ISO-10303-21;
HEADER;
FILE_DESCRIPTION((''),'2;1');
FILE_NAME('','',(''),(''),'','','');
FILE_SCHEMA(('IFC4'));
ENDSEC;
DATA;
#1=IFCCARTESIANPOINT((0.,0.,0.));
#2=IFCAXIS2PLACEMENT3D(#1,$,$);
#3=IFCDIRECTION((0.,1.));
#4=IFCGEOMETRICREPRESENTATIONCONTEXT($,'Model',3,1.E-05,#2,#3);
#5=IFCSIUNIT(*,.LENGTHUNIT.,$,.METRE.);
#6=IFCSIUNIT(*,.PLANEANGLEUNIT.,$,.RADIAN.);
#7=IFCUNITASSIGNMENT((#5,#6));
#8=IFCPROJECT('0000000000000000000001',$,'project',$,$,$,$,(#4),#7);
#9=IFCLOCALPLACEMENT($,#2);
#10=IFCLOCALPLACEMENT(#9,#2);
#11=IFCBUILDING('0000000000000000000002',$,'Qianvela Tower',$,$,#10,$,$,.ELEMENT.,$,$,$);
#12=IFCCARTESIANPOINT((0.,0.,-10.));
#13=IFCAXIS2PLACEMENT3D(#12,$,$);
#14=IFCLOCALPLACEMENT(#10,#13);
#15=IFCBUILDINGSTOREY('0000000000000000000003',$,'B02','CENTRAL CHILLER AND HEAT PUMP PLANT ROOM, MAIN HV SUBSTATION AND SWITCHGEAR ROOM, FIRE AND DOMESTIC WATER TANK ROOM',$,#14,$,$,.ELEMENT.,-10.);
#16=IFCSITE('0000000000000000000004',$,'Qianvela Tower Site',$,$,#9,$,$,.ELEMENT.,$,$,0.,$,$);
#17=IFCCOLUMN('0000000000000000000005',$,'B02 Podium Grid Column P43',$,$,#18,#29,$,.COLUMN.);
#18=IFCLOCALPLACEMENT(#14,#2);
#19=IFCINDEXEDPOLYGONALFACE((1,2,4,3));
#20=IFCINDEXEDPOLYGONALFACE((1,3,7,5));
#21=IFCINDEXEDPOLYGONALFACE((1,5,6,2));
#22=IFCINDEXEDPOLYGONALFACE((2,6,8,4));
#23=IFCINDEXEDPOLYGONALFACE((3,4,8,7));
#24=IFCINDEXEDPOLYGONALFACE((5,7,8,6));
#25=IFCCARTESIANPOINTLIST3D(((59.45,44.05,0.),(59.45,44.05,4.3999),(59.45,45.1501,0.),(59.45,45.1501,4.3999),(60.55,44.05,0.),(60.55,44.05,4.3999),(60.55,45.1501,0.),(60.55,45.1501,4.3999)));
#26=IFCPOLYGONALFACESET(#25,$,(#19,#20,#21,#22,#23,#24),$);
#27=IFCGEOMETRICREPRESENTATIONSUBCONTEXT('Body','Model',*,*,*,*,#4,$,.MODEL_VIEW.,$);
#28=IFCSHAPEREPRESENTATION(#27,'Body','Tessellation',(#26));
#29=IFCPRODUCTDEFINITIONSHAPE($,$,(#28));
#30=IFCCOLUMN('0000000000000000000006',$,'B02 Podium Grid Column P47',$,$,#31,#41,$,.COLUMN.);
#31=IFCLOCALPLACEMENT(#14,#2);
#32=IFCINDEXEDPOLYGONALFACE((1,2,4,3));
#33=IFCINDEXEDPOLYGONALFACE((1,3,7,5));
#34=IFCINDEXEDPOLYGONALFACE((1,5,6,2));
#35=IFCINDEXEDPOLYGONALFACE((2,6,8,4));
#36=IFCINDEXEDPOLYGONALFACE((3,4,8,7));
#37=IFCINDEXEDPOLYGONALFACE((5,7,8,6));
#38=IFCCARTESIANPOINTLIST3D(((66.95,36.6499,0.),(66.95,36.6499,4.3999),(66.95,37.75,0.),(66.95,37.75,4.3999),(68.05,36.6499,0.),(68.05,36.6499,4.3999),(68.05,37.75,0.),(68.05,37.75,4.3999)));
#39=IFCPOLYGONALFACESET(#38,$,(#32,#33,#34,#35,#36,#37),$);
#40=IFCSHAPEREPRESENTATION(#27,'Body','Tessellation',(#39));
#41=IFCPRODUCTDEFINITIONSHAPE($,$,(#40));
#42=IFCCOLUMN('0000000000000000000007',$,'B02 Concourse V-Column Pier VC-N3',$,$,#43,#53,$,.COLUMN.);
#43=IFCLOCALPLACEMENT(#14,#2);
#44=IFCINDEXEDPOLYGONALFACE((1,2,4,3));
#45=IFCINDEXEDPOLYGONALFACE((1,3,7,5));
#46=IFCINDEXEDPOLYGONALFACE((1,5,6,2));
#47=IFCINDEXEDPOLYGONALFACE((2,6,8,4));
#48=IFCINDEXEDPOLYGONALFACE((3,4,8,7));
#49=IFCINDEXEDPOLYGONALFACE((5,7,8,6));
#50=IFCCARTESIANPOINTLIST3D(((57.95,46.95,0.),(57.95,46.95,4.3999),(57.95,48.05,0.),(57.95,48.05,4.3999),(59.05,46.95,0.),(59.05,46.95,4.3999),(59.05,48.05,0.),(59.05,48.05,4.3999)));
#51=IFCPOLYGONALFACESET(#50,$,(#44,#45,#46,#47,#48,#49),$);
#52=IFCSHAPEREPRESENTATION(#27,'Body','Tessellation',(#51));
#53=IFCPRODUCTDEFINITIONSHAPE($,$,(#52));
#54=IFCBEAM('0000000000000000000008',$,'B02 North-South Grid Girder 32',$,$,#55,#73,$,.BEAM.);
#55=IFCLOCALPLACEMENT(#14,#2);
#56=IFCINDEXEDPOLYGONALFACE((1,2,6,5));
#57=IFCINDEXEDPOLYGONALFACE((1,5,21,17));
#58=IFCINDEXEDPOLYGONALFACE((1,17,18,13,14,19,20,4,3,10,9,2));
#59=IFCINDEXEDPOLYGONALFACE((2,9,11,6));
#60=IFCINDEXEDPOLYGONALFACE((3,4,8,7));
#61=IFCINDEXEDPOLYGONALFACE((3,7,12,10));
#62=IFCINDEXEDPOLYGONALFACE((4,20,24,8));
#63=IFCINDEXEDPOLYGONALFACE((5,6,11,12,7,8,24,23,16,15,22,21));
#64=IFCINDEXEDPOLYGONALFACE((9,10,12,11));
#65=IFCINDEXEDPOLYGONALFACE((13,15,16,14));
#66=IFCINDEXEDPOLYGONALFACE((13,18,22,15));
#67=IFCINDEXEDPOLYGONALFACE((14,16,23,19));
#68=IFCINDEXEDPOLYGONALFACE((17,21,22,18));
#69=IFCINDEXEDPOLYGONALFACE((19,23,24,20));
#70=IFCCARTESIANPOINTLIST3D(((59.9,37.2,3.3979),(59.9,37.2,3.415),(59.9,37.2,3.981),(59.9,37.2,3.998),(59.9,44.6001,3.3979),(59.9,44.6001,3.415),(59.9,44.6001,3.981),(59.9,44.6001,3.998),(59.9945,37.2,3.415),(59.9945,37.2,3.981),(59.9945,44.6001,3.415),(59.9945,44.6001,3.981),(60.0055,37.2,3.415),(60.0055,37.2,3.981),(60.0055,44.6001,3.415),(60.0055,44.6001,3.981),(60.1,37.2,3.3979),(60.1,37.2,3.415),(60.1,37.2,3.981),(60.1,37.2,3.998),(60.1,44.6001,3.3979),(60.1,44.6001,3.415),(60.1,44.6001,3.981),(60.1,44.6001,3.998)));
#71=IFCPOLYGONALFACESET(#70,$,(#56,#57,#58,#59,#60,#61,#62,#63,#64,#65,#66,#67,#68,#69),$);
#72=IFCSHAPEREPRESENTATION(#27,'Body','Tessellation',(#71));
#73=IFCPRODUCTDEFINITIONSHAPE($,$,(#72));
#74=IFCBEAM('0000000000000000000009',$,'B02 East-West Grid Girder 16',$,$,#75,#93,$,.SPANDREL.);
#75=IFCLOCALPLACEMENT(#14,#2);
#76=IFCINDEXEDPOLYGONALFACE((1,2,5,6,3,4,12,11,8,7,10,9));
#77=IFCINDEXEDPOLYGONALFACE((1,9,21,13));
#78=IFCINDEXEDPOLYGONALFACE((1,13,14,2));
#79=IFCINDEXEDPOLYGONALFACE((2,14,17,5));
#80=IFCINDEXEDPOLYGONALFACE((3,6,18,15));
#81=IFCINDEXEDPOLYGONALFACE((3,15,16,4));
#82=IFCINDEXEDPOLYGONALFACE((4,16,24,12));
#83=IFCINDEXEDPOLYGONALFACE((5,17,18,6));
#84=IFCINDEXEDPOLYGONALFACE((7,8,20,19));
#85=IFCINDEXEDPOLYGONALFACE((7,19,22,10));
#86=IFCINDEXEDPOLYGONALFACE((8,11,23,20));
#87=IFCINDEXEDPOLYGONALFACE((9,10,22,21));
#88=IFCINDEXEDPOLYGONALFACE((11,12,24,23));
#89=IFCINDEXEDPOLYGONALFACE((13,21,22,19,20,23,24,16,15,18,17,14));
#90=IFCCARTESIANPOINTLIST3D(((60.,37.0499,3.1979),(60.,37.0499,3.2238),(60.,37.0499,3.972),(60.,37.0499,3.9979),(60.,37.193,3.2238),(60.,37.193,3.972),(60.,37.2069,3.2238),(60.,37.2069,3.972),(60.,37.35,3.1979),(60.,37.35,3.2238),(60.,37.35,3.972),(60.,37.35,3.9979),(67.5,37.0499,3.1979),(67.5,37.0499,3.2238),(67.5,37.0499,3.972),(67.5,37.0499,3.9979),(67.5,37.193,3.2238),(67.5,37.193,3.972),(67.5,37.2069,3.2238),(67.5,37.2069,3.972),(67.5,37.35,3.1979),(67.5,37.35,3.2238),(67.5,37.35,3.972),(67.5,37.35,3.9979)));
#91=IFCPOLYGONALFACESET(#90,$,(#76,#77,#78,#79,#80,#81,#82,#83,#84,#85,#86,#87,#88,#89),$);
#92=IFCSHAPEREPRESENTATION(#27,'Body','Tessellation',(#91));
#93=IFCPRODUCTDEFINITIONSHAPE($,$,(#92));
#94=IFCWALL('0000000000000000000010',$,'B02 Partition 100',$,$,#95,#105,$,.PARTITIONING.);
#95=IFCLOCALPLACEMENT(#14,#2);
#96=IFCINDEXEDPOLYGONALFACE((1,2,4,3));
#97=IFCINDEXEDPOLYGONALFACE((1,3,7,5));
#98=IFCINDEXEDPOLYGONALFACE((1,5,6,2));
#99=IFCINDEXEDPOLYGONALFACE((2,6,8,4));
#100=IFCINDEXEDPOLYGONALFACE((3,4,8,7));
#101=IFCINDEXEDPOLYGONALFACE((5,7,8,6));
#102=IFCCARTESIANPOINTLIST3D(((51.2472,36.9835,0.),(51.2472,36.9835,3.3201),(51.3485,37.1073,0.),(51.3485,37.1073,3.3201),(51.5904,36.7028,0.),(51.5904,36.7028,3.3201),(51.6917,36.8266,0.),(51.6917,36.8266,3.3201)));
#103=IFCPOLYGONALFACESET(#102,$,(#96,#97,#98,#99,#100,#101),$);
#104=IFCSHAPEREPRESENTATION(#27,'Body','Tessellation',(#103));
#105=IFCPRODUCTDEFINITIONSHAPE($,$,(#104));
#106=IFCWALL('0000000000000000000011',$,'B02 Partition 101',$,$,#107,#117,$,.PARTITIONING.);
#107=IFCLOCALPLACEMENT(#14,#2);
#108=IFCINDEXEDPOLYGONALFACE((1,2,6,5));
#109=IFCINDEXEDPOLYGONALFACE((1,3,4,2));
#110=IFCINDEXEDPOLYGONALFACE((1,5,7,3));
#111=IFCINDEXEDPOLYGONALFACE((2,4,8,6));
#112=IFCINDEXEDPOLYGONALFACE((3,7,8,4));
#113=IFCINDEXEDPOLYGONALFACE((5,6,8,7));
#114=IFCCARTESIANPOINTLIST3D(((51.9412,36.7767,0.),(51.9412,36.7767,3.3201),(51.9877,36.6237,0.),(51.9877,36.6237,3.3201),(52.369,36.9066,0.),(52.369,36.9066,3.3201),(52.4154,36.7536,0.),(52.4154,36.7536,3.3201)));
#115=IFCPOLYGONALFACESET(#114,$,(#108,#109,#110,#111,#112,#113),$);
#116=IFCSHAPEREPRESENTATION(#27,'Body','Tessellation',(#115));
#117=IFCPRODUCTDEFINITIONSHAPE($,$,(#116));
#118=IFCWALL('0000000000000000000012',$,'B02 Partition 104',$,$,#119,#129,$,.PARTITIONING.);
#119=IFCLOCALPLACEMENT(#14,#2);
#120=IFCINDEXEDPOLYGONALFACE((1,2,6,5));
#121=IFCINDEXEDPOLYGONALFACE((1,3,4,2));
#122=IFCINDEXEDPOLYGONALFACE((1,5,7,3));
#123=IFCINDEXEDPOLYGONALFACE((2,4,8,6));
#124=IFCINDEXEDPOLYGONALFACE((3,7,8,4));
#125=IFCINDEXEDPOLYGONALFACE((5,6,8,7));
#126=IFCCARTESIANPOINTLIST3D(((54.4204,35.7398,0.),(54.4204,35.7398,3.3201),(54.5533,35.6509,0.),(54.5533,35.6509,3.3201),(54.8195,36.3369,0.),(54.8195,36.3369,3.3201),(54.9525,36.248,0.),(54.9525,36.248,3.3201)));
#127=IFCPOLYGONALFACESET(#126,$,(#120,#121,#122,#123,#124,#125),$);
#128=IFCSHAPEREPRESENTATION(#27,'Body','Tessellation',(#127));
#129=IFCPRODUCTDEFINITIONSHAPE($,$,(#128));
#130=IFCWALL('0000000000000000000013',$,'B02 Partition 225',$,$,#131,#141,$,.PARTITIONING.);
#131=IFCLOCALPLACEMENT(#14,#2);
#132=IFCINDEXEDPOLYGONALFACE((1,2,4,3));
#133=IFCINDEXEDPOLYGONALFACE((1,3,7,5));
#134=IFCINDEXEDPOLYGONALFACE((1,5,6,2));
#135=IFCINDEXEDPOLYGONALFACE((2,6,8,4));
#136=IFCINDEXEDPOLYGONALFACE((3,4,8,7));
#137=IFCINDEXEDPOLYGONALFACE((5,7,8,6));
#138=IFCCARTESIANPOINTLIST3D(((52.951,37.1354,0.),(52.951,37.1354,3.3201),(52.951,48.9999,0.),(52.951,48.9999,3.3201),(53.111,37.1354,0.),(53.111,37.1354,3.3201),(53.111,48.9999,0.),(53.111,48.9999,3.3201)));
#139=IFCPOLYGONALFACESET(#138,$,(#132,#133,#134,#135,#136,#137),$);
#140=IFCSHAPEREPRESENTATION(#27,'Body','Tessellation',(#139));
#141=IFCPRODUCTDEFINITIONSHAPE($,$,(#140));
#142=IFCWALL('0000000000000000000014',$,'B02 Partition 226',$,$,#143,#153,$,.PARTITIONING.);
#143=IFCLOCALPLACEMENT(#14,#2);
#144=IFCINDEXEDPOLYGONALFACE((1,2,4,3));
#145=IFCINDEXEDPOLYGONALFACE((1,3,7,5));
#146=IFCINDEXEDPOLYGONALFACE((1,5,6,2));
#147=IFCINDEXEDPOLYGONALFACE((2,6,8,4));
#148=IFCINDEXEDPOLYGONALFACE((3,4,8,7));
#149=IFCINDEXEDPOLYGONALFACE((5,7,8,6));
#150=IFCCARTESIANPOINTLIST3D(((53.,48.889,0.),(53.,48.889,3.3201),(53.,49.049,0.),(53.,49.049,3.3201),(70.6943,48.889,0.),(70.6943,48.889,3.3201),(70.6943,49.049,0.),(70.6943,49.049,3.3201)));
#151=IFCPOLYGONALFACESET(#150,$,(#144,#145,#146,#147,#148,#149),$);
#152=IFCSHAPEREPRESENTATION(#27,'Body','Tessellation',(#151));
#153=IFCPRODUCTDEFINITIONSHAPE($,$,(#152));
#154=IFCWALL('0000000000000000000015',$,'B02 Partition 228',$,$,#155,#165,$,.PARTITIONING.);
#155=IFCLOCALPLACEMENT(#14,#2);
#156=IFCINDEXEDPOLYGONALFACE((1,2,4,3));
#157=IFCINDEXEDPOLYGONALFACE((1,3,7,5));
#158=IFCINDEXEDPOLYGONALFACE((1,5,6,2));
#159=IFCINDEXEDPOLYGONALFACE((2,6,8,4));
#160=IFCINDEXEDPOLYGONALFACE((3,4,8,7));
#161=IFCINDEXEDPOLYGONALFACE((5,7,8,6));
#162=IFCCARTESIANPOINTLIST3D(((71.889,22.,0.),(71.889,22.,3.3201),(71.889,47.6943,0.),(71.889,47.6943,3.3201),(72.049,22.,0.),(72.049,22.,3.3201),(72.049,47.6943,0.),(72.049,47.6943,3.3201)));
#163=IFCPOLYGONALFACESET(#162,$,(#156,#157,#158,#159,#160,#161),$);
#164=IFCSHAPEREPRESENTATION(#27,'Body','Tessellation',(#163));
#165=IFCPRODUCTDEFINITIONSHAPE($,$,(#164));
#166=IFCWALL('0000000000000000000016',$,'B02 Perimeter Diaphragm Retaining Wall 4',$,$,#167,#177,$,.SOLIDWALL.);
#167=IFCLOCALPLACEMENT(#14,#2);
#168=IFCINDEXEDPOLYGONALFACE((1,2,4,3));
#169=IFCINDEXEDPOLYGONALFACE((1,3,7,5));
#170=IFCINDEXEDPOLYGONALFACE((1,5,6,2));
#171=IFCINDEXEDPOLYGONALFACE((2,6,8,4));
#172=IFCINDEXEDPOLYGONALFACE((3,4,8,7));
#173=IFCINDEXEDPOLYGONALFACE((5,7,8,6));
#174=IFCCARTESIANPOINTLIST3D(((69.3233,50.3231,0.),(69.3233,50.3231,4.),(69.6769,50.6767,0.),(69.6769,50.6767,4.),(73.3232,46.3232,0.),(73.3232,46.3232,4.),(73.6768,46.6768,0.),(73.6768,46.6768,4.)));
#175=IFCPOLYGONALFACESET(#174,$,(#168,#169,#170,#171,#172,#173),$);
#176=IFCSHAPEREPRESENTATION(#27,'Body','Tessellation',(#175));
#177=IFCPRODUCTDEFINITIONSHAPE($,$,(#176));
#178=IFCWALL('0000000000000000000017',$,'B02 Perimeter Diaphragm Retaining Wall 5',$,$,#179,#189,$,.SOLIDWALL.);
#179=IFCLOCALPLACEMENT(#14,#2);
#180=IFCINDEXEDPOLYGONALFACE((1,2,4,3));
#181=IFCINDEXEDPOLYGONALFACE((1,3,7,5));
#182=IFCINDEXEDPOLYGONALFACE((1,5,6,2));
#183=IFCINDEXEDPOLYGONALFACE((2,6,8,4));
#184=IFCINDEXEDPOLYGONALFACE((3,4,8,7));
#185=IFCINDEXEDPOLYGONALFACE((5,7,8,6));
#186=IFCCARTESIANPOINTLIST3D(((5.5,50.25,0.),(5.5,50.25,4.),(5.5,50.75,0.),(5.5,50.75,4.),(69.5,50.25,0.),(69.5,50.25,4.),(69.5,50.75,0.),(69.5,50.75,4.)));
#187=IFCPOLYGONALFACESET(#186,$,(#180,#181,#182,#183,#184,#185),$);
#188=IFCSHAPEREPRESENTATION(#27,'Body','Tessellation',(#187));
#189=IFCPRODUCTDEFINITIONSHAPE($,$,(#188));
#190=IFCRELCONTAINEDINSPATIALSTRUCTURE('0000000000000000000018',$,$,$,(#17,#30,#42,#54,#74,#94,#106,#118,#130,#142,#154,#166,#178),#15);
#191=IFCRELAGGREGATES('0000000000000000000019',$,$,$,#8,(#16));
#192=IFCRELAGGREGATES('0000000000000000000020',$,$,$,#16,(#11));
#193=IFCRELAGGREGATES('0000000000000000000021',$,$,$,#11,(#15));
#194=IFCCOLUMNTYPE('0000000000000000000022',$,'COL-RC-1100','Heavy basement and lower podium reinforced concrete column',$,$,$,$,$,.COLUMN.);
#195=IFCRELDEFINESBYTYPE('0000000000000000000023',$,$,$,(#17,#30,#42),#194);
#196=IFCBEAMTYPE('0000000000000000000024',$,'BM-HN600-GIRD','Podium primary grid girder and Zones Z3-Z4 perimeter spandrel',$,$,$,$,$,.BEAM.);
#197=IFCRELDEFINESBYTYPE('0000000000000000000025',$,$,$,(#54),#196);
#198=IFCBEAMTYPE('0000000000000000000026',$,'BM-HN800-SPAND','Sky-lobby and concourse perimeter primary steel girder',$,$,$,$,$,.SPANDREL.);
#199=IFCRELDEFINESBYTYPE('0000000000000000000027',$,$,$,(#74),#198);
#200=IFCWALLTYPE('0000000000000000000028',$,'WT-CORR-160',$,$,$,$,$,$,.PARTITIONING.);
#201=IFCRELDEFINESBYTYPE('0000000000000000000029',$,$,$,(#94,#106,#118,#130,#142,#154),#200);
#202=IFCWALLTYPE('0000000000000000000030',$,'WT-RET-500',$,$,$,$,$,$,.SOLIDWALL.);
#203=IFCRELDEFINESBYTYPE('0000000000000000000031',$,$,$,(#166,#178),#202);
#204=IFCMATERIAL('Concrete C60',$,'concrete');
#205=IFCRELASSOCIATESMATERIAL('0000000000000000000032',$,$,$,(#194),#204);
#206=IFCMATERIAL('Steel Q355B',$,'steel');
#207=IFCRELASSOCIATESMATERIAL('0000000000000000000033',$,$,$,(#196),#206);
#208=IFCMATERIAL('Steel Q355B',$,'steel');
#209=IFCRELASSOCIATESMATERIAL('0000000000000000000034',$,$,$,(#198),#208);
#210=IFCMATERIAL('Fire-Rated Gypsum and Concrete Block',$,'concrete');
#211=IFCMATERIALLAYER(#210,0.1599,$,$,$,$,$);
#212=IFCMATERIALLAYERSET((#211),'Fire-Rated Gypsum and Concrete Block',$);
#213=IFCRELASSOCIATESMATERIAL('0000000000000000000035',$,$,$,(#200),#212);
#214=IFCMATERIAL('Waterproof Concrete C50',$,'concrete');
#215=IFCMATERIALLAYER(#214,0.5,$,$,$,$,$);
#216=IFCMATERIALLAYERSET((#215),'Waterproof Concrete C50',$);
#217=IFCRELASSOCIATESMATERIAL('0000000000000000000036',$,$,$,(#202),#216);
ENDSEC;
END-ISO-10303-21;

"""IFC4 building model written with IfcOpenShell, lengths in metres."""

from ifc_helpers import new_model, si_unit, direction, frame, frame_2d, origin, origin_2d, place, context, subcontext, project, spatial, rectangle, i_section, extrude, material, layer, layer_set, material_profile, profile_set, type_object, element, save


model = new_model("IFC4")

# Units and contexts
model_context = context("Model", 3, precision=1e-05, world=origin(), true_north=direction((0.0, 1.0)))
body_context = subcontext(model_context, "Body", "Model", "MODEL_VIEW")
ifc_project = project(units=[si_unit("LENGTHUNIT", "METRE"), si_unit("PLANEANGLEUNIT", "RADIAN")], contexts=[model_context])

# Site, building, storey
site_placement = place(None, origin())
site = spatial("IfcSite", under=ifc_project, at=site_placement, Name="Qianvela Tower Site", CompositionType="ELEMENT", RefElevation=0.0)
building_placement = place(site_placement, origin())
building = spatial("IfcBuilding", under=site, at=building_placement, Name="Qianvela Tower", CompositionType="ELEMENT")
storey_placement = place(building_placement, frame((0.0, 0.0, -10.0)))
storey = spatial("IfcBuildingStorey", under=building, at=storey_placement, Name="B02", Description="CENTRAL CHILLER AND HEAT PUMP PLANT ROOM, MAIN HV SUBSTATION AND SWITCHGEAR ROOM, FIRE AND DOMESTIC WATER TANK ROOM", CompositionType="ELEMENT", Elevation=-10.0)

# Columns
ifc_material_1 = material(Name="Concrete C60", Category="concrete")
ifc_material_profile_1 = material_profile(ifc_material_1, rectangle(XDim=1.1001, YDim=1.1001, at=origin_2d()), Name="RC-COL-1100x1100")
ifc_profile_set_1 = profile_set([ifc_material_profile_1], Name="Concrete C60")
column_type = type_object("IfcColumnType", Name="COL-RC-1100", Description="Heavy basement and lower podium reinforced concrete column", PredefinedType="COLUMN", material=ifc_profile_set_1)
for number, where, z_axis, x_axis, name in (
    (1, (60.0, 44.6001, 0.0), (0.0, 0.0, 1.0), (1.0, 0.0, 0.0), "B02 Podium Grid Column P43"),
    (2, (67.5, 37.2, 0.0), (0.0, 0.0, 1.0), (1.0, 0.0, 0.0), "B02 Podium Grid Column P47"),
    (3, (58.5, 47.5, 0.0), (0.0, 0.0, 1.0), (1.0, 0.0, 0.0), "B02 Concourse V-Column Pier VC-N3"),
):
    element("IfcColumn", number, at=place(storey_placement, frame(where, z_axis=z_axis, x_axis=x_axis)), inside=storey, type_object=column_type, Name=name, PredefinedType="COLUMN", context=body_context, shape_type="SweptSolid", body=[
        extrude(rectangle(XDim=1.1001, YDim=1.1001, at=origin_2d()), origin(), (0.0, 0.0, 1.0), 4.3999),
    ])

# Beams
ifc_material_2 = material(Name="Steel Q355B", Category="steel")
ifc_material_profile_2 = material_profile(ifc_material_2, i_section(OverallWidth=0.2, OverallDepth=0.6001, WebThickness=0.011, FlangeThickness=0.0171, at=origin_2d()), Name="HN600x200x11x17")
ifc_profile_set_2 = profile_set([ifc_material_profile_2], Name="Steel Q355B")
beam_type_1 = type_object("IfcBeamType", Name="BM-HN600-GIRD", Description="Podium primary grid girder and Zones Z3-Z4 perimeter spandrel", PredefinedType="BEAM", material=ifc_profile_set_2)
beam_1_placement = place(storey_placement, frame((60.0, 37.2, 3.698), z_axis=(0.0, 1.0, 0.0), x_axis=(-1.0, 0.0, 0.0)))
element("IfcBeam", 4, at=beam_1_placement, inside=storey, type_object=beam_type_1, Name="B02 North-South Grid Girder 32", PredefinedType="BEAM", context=body_context, shape_type="SweptSolid", body=[
    extrude(i_section(OverallWidth=0.2, OverallDepth=0.6001, WebThickness=0.011, FlangeThickness=0.0171, at=origin_2d()), origin(), (0.0, 0.0, 1.0), 7.4001),
])
ifc_material_3 = material(Name="Steel Q355B", Category="steel")
ifc_material_profile_3 = material_profile(ifc_material_3, i_section(OverallWidth=0.3, OverallDepth=0.8, WebThickness=0.0139, FlangeThickness=0.0259, at=origin_2d()), Name="HN800x300x14x26")
ifc_profile_set_3 = profile_set([ifc_material_profile_3], Name="Steel Q355B")
beam_type_2 = type_object("IfcBeamType", Name="BM-HN800-SPAND", Description="Sky-lobby and concourse perimeter primary steel girder", PredefinedType="SPANDREL", material=ifc_profile_set_3)
beam_2_placement = place(storey_placement, frame((60.0, 37.2, 3.5979), z_axis=(1.0, 0.0, 0.0), x_axis=(0.0, 1.0, 0.0)))
element("IfcBeam", 5, at=beam_2_placement, inside=storey, type_object=beam_type_2, Name="B02 East-West Grid Girder 16", PredefinedType="SPANDREL", context=body_context, shape_type="SweptSolid", body=[
    extrude(i_section(OverallWidth=0.3, OverallDepth=0.8, WebThickness=0.0139, FlangeThickness=0.0259, at=origin_2d()), origin(), (0.0, 0.0, 1.0), 7.5),
])

# Walls
ifc_material_4 = material(Name="Fire-Rated Gypsum and Concrete Block", Category="concrete")
ifc_layer_1 = layer(ifc_material_4, 0.1599)
ifc_layer_set_1 = layer_set([ifc_layer_1], Name="Fire-Rated Gypsum and Concrete Block")
wall_type_1 = type_object("IfcWallType", Name="WT-CORR-160", PredefinedType="PARTITIONING", material=ifc_layer_set_1)
wall_1_placement = place(storey_placement, frame((51.2979, 37.0454, 0.0), z_axis=(0.0, 0.0, 1.0), x_axis=(0.774055, -0.633118, 0.0)))
element("IfcWall", 6, at=wall_1_placement, inside=storey, type_object=wall_type_1, Name="B02 Partition 100", PredefinedType="PARTITIONING", context=body_context, shape_type="SweptSolid", body=[
    extrude(rectangle(XDim=0.4434, YDim=0.1599, at=frame_2d((0.2217, 0.0))), origin(), (0.0, 0.0, 1.0), 3.3201),
])
wall_2_placement = place(storey_placement, frame((51.9644, 36.7002, 0.0), z_axis=(0.0, 0.0, 1.0), x_axis=(0.956859, 0.290553, 0.0)))
element("IfcWall", 7, at=wall_2_placement, inside=storey, type_object=wall_type_1, Name="B02 Partition 101", PredefinedType="PARTITIONING", context=body_context, shape_type="SweptSolid", body=[
    extrude(rectangle(XDim=0.447, YDim=0.1599, at=frame_2d((0.2236, 0.0))), origin(), (0.0, 0.0, 1.0), 3.3201),
])

# Walls
wall_3_placement = place(storey_placement, frame((54.886, 36.2925, 0.0), z_axis=(0.0, 0.0, 1.0), x_axis=(-0.555719, -0.83137, 0.0)))
element("IfcWall", 8, at=wall_3_placement, inside=storey, type_object=wall_type_1, Name="B02 Partition 104", PredefinedType="PARTITIONING", context=body_context, shape_type="SweptSolid", body=[
    extrude(rectangle(XDim=0.7183, YDim=0.1599, at=frame_2d((0.3591, 0.0))), origin(), (0.0, 0.0, 1.0), 3.3201),
])
wall_4_placement = place(storey_placement, frame((53.031, 37.1355, 0.0), z_axis=(0.0, 0.0, 1.0), x_axis=(0.0, 1.0, 0.0)))
element("IfcWall", 9, at=wall_4_placement, inside=storey, type_object=wall_type_1, Name="B02 Partition 225", PredefinedType="PARTITIONING", context=body_context, shape_type="SweptSolid", body=[
    extrude(rectangle(XDim=11.8645, YDim=0.1599, at=frame_2d((5.9321, 0.0))), origin(), (0.0, 0.0, 1.0), 3.3201),
])
wall_5_placement = place(storey_placement, frame((53.0, 48.969, 0.0), z_axis=(0.0, 0.0, 1.0), x_axis=(1.0, 0.0, 0.0)))
element("IfcWall", 10, at=wall_5_placement, inside=storey, type_object=wall_type_1, Name="B02 Partition 226", PredefinedType="PARTITIONING", context=body_context, shape_type="SweptSolid", body=[
    extrude(rectangle(XDim=17.6943, YDim=0.1599, at=frame_2d((8.8472, 0.0))), origin(), (0.0, 0.0, 1.0), 3.3201),
])
wall_6_placement = place(storey_placement, frame((71.969, 47.6943, 0.0), z_axis=(0.0, 0.0, 1.0), x_axis=(0.0, -1.0, 0.0)))
element("IfcWall", 11, at=wall_6_placement, inside=storey, type_object=wall_type_1, Name="B02 Partition 228", PredefinedType="PARTITIONING", context=body_context, shape_type="SweptSolid", body=[
    extrude(rectangle(XDim=25.6943, YDim=0.1599, at=frame_2d((12.8472, 0.0))), origin(), (0.0, 0.0, 1.0), 3.3201),
])
ifc_material_5 = material(Name="Waterproof Concrete C50", Category="concrete")
ifc_layer_2 = layer(ifc_material_5, 0.5)
ifc_layer_set_2 = layer_set([ifc_layer_2], Name="Waterproof Concrete C50")
wall_type_2 = type_object("IfcWallType", Name="WT-RET-500", PredefinedType="SOLIDWALL", material=ifc_layer_set_2)
wall_7_placement = place(storey_placement, frame((73.5, 46.5, 0.0), z_axis=(0.0, 0.0, 1.0), x_axis=(-0.707107, 0.707107, 0.0)))
element("IfcWall", 12, at=wall_7_placement, inside=storey, type_object=wall_type_2, Name="B02 Perimeter Diaphragm Retaining Wall 4", PredefinedType="SOLIDWALL", context=body_context, shape_type="SweptSolid", body=[
    extrude(rectangle(XDim=5.6567, YDim=0.5, at=frame_2d((2.8284, 0.0))), origin(), (0.0, 0.0, 1.0), 4.0),
])
wall_8_placement = place(storey_placement, frame((69.5, 50.5, 0.0), z_axis=(0.0, 0.0, 1.0), x_axis=(-1.0, 0.0, 0.0)))
element("IfcWall", 13, at=wall_8_placement, inside=storey, type_object=wall_type_2, Name="B02 Perimeter Diaphragm Retaining Wall 5", PredefinedType="SOLIDWALL", context=body_context, shape_type="SweptSolid", body=[
    extrude(rectangle(XDim=64.0, YDim=0.5, at=frame_2d((32.0, 0.0))), origin(), (0.0, 0.0, 1.0), 4.0),
])

save(model, "model.ifc")
